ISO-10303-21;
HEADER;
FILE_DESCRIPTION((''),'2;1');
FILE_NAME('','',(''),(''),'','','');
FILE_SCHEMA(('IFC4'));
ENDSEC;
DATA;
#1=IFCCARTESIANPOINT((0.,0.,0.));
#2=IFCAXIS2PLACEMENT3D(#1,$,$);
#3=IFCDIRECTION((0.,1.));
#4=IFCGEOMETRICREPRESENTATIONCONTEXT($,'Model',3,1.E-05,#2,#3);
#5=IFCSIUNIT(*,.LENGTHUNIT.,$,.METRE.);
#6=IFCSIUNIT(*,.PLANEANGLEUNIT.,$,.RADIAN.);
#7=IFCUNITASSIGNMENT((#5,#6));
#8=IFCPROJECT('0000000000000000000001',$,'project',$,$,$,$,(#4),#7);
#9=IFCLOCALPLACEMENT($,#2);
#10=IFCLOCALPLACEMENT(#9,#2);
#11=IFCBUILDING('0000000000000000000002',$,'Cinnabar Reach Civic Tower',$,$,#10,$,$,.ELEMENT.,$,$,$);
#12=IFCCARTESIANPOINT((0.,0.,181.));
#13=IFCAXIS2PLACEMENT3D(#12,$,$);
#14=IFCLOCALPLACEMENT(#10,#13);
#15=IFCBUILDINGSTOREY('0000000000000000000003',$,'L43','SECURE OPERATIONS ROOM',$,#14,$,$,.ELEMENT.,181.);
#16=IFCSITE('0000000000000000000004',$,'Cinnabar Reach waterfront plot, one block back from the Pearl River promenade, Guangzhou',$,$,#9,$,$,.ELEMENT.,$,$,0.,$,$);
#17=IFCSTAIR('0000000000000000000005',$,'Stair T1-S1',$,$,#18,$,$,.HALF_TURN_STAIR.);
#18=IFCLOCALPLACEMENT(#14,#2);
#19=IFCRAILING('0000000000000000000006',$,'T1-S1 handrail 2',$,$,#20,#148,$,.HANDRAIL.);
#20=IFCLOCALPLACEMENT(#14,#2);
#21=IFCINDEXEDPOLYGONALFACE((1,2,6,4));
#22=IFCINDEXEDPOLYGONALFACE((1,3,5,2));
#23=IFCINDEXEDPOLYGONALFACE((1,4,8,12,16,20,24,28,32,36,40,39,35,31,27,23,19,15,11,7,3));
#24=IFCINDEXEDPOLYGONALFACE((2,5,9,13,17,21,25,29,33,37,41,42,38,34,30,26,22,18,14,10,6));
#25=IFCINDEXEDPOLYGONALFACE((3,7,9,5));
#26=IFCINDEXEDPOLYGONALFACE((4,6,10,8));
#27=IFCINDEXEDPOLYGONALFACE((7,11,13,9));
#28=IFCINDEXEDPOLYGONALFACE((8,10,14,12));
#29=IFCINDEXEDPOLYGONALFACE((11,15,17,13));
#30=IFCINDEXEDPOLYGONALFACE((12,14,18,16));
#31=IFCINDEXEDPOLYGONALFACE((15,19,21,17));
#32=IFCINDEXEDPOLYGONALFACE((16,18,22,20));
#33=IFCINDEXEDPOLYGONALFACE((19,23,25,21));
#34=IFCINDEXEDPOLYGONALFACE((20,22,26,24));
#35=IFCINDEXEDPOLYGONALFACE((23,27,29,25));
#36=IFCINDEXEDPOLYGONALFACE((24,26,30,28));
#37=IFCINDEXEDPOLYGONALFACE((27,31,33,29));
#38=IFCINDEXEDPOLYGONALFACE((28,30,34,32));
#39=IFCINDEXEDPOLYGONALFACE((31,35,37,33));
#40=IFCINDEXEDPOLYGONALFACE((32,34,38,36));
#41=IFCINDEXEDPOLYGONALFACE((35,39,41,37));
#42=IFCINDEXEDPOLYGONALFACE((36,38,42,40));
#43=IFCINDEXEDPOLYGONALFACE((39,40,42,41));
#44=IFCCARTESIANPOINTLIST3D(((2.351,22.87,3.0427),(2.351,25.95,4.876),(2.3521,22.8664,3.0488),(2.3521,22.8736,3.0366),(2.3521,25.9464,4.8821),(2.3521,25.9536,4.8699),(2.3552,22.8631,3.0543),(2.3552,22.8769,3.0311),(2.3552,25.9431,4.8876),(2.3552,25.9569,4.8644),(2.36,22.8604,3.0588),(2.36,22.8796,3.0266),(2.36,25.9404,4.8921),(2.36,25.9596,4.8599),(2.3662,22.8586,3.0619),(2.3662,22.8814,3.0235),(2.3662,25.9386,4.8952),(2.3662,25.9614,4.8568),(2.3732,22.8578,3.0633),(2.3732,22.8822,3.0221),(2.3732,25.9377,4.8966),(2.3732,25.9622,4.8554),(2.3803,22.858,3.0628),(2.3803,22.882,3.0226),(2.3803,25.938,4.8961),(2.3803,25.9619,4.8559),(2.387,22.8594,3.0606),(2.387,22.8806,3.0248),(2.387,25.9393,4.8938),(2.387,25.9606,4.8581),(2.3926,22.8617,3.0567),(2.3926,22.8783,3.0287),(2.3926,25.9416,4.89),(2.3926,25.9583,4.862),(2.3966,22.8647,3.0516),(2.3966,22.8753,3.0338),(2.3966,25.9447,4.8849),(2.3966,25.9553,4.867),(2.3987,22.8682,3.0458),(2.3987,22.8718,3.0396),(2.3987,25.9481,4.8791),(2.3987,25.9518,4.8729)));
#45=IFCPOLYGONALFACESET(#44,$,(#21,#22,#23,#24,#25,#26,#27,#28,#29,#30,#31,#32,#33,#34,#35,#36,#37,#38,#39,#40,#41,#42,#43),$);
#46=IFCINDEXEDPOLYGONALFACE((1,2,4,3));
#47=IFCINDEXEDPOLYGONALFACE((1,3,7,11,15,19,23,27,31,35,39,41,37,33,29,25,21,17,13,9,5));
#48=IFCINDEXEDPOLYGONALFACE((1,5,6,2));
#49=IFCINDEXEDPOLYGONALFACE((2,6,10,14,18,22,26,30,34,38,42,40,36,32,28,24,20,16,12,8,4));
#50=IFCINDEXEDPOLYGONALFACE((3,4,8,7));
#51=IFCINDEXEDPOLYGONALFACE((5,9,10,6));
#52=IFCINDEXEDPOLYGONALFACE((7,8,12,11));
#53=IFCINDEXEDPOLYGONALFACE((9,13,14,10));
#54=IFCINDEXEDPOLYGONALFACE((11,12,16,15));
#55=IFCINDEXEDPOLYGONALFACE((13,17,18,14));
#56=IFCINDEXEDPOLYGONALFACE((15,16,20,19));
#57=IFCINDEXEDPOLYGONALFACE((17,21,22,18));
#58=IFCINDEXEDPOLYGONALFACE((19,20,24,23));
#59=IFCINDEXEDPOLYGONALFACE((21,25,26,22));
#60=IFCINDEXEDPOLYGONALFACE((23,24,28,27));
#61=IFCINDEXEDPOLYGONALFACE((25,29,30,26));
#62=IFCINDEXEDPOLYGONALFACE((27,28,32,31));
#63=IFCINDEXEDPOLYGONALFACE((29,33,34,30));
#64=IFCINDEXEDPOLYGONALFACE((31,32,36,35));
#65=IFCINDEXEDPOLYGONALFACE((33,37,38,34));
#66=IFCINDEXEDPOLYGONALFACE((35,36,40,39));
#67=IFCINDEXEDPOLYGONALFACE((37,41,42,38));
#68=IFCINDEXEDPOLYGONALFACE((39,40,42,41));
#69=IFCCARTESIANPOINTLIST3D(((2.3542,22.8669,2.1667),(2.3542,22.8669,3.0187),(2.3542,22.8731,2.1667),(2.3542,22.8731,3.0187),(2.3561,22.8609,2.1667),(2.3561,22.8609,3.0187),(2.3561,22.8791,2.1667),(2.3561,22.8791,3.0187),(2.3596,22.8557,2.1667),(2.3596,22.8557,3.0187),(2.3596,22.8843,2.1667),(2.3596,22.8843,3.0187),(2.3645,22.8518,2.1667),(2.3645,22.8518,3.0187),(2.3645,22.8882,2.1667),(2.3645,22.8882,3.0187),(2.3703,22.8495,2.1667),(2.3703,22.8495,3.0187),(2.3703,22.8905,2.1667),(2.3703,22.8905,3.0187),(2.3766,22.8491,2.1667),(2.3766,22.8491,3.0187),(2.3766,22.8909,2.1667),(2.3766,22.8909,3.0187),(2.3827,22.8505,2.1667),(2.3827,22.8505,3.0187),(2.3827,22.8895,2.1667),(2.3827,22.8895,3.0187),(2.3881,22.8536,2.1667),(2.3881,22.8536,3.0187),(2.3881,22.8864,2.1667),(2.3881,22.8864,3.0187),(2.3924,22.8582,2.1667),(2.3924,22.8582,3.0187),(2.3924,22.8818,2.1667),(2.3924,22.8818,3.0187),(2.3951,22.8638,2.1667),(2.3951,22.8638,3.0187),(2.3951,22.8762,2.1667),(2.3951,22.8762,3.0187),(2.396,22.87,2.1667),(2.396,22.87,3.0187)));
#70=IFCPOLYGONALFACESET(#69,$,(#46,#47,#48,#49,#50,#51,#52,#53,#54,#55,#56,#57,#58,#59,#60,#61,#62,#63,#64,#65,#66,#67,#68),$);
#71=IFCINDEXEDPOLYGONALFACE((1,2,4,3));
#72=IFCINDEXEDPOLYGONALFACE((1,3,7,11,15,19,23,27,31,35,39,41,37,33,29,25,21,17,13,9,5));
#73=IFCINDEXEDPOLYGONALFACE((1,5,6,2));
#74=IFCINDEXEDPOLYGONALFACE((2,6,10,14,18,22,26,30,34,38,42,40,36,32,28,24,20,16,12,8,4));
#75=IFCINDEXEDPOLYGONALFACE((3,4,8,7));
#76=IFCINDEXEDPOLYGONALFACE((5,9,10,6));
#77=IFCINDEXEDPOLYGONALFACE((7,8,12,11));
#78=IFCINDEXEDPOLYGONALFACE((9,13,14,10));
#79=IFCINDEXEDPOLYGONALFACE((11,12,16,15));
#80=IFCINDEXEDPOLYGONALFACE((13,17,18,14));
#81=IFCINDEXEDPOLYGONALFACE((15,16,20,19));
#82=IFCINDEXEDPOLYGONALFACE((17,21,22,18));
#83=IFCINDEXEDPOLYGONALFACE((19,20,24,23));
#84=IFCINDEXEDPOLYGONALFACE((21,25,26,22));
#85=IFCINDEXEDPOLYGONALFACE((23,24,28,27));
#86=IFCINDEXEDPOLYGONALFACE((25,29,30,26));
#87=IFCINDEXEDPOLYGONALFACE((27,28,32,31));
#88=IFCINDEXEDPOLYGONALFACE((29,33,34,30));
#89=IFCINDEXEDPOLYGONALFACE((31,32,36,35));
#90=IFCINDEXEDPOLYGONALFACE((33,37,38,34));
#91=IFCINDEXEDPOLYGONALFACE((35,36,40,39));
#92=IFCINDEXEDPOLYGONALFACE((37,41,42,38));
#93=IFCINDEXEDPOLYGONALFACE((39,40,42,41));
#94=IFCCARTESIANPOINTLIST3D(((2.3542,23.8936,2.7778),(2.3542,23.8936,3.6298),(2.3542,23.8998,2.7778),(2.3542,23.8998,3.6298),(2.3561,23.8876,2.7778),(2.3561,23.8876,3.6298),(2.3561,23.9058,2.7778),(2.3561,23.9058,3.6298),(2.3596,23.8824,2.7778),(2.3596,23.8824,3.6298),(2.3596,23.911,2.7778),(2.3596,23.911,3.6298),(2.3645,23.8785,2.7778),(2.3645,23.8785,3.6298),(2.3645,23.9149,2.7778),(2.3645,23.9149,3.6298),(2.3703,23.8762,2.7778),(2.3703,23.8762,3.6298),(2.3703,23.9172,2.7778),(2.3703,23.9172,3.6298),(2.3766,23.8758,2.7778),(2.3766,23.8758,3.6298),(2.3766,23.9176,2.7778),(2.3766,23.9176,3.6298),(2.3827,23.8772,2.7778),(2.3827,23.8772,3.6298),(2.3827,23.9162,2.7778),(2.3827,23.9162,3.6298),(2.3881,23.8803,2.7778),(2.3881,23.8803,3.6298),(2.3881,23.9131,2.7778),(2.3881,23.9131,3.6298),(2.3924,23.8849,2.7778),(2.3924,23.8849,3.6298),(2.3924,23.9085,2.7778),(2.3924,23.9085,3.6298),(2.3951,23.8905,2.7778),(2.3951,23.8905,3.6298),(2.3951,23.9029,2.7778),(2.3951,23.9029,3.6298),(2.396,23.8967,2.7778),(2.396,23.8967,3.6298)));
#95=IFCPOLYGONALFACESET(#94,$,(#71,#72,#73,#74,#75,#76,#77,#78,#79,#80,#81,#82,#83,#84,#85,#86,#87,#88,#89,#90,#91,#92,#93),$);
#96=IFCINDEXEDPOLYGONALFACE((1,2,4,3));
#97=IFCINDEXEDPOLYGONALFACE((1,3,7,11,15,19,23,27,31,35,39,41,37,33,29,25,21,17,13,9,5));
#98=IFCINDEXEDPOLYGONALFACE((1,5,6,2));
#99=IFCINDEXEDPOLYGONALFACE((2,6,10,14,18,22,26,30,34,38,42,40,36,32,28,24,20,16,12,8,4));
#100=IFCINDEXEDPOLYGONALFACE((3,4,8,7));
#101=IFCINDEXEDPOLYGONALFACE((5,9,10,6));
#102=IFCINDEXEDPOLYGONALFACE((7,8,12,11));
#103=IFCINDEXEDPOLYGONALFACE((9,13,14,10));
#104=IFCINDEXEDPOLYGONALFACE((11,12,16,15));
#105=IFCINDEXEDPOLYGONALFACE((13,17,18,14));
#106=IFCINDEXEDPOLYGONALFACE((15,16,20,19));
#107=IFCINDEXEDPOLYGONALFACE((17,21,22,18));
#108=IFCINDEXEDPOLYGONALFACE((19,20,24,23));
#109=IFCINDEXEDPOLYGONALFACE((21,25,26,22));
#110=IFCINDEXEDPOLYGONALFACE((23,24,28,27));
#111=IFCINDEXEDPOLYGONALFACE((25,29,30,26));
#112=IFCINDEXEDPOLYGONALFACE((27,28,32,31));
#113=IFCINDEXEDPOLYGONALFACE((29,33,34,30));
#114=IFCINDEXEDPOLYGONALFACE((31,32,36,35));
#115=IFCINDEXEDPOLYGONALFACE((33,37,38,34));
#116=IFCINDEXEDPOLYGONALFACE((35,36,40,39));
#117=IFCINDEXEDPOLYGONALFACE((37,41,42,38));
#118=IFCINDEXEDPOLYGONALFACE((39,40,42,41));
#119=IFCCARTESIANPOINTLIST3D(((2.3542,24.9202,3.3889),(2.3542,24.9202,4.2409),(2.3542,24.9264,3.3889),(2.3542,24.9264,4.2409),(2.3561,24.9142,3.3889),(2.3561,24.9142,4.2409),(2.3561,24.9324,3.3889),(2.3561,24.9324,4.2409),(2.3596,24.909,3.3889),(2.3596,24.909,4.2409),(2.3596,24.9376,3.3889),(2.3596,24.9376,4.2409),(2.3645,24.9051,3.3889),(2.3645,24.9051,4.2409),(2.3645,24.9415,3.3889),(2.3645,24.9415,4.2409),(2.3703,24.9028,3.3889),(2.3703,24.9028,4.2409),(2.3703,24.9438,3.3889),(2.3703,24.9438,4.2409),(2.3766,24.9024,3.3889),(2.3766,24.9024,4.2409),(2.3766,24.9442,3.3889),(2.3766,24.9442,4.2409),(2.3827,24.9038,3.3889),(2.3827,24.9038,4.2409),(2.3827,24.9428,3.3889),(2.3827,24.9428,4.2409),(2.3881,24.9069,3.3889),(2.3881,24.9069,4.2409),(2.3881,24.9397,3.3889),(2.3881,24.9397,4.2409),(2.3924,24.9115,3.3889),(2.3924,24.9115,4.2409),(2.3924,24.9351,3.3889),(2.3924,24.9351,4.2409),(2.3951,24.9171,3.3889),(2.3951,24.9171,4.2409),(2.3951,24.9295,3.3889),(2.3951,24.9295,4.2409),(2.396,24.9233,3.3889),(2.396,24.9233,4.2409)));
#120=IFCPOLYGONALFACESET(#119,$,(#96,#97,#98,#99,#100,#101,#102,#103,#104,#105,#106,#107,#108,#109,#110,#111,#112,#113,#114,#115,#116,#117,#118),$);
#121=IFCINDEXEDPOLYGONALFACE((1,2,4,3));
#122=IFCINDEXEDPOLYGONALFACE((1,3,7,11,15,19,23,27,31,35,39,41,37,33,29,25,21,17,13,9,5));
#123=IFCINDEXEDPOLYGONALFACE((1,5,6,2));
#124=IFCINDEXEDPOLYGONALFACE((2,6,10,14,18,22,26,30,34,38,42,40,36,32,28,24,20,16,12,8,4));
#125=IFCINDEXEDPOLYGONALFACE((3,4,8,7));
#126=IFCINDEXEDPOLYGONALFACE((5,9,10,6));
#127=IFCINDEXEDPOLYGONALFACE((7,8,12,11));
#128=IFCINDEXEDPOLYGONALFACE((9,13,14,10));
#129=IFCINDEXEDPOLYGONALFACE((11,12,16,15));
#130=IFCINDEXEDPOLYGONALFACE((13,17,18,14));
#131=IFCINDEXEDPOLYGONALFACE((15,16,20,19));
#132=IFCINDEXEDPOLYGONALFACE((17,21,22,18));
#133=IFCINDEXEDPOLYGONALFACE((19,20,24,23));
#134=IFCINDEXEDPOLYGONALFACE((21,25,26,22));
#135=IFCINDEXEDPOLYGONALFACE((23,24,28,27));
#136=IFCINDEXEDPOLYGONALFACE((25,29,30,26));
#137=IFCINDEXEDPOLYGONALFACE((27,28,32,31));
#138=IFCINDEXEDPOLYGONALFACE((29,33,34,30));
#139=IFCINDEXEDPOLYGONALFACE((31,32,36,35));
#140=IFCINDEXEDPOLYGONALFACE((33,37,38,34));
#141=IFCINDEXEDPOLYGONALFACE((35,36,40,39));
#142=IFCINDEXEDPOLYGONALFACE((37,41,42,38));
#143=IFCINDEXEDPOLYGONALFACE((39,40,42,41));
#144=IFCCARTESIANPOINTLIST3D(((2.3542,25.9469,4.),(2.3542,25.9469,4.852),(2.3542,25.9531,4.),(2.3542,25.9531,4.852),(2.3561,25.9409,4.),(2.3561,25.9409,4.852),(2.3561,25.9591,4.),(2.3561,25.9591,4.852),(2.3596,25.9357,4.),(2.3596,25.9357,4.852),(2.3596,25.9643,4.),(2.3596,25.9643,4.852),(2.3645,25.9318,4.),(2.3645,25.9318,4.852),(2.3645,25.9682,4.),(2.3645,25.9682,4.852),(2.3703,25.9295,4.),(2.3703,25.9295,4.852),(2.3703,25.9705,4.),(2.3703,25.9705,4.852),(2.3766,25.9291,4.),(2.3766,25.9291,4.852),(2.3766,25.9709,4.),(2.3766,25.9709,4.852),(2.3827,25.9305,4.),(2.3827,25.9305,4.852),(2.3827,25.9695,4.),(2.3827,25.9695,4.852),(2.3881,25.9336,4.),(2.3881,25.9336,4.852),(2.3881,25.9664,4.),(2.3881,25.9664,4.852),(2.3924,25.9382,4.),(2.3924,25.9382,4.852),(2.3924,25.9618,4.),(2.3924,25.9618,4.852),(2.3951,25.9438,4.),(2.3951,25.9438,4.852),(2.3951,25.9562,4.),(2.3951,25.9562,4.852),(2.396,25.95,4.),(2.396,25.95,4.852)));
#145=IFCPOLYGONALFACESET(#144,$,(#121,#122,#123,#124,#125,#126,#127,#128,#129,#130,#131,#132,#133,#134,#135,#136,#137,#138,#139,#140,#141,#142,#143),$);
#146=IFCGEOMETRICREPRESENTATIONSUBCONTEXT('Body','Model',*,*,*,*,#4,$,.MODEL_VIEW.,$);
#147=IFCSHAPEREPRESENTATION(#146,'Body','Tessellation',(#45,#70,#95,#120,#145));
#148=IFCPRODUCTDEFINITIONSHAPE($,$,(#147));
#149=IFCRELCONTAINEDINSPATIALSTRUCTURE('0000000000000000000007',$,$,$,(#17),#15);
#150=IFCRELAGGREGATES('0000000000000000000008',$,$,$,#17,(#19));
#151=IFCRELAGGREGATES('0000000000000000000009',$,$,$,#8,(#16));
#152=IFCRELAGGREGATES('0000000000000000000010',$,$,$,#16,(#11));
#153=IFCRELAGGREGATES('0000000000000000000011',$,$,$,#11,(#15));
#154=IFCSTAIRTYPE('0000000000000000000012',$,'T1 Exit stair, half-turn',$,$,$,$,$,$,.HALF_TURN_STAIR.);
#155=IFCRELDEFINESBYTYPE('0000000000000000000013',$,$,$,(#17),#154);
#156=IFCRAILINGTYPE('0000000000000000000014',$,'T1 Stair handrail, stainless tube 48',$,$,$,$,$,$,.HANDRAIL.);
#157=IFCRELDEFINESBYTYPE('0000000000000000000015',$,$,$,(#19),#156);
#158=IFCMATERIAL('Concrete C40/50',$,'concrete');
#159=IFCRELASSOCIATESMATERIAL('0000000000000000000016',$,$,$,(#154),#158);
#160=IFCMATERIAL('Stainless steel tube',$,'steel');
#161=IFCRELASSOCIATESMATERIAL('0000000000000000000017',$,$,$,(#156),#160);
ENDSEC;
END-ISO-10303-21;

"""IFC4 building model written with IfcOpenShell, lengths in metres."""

from ifc_helpers import new_model, si_unit, direction, frame, origin, origin_2d, place, context, subcontext, project, spatial, circle, extrude, material, type_object, element, aggregate, save


model = new_model("IFC4")

# Units and contexts
model_context = context("Model", 3, precision=1e-05, world=origin(), true_north=direction((0.0, 1.0)))
body_context = subcontext(model_context, "Body", "Model", "MODEL_VIEW")
ifc_project = project(units=[si_unit("LENGTHUNIT", "METRE"), si_unit("PLANEANGLEUNIT", "RADIAN")], contexts=[model_context])

# Site, building, storey
site_placement = place(None, origin())
site = spatial("IfcSite", under=ifc_project, at=site_placement, Name="Cinnabar Reach waterfront plot, one block back from the Pearl River promenade, Guangzhou", CompositionType="ELEMENT", RefElevation=0.0)
building_placement = place(site_placement, origin())
building = spatial("IfcBuilding", under=site, at=building_placement, Name="Cinnabar Reach Civic Tower", CompositionType="ELEMENT")
storey_placement = place(building_placement, frame((0.0, 0.0, 181.0)))
storey = spatial("IfcBuildingStorey", under=building, at=storey_placement, Name="L43", Description="SECURE OPERATIONS ROOM", CompositionType="ELEMENT", Elevation=181.0)

# Shared definitions
ifc_material_1 = material(Name="Concrete C40/50", Category="concrete")

# Stair, railing
stair_type = type_object("IfcStairType", Name="T1 Exit stair, half-turn", PredefinedType="HALF_TURN_STAIR", material=ifc_material_1)
stair_placement = place(storey_placement, origin())
stair = element("IfcStair", 1, at=stair_placement, inside=storey, type_object=stair_type, Name="Stair T1-S1", PredefinedType="HALF_TURN_STAIR")
ifc_material_2 = material(Name="Stainless steel tube", Category="steel")
railing_type = type_object("IfcRailingType", Name="T1 Stair handrail, stainless tube 48", PredefinedType="HANDRAIL", material=ifc_material_2)
railing_1_placement = place(storey_placement, frame((2.375, 22.87, 2.1667)))
railing_1 = element("IfcRailing", 2, at=railing_1_placement, type_object=railing_type, Name="T1-S1 handrail 2", PredefinedType="HANDRAIL", context=body_context, shape_type="SweptSolid", body=[
    extrude(circle(Radius=0.024, at=origin_2d()), frame((0.0, 0.0, 0.876), z_axis=(0.0, 0.859297, 0.511477), x_axis=(-1.0, 0.0, 0.0)), (0.0, 0.0, 1.0), 3.5843),
    extrude(circle(Radius=0.021, at=origin_2d()), origin(), (0.0, 0.0, 1.0), 0.852),
    extrude(circle(Radius=0.021, at=origin_2d()), frame((0.0, 1.0267, 0.6111)), (0.0, 0.0, 1.0), 0.852),
    extrude(circle(Radius=0.021, at=origin_2d()), frame((0.0, 2.0533, 1.2222)), (0.0, 0.0, 1.0), 0.852),
    extrude(circle(Radius=0.021, at=origin_2d()), frame((0.0, 3.08, 1.8333)), (0.0, 0.0, 1.0), 0.852),
])
aggregate(stair, [railing_1])

save(model, "model.ifc")
